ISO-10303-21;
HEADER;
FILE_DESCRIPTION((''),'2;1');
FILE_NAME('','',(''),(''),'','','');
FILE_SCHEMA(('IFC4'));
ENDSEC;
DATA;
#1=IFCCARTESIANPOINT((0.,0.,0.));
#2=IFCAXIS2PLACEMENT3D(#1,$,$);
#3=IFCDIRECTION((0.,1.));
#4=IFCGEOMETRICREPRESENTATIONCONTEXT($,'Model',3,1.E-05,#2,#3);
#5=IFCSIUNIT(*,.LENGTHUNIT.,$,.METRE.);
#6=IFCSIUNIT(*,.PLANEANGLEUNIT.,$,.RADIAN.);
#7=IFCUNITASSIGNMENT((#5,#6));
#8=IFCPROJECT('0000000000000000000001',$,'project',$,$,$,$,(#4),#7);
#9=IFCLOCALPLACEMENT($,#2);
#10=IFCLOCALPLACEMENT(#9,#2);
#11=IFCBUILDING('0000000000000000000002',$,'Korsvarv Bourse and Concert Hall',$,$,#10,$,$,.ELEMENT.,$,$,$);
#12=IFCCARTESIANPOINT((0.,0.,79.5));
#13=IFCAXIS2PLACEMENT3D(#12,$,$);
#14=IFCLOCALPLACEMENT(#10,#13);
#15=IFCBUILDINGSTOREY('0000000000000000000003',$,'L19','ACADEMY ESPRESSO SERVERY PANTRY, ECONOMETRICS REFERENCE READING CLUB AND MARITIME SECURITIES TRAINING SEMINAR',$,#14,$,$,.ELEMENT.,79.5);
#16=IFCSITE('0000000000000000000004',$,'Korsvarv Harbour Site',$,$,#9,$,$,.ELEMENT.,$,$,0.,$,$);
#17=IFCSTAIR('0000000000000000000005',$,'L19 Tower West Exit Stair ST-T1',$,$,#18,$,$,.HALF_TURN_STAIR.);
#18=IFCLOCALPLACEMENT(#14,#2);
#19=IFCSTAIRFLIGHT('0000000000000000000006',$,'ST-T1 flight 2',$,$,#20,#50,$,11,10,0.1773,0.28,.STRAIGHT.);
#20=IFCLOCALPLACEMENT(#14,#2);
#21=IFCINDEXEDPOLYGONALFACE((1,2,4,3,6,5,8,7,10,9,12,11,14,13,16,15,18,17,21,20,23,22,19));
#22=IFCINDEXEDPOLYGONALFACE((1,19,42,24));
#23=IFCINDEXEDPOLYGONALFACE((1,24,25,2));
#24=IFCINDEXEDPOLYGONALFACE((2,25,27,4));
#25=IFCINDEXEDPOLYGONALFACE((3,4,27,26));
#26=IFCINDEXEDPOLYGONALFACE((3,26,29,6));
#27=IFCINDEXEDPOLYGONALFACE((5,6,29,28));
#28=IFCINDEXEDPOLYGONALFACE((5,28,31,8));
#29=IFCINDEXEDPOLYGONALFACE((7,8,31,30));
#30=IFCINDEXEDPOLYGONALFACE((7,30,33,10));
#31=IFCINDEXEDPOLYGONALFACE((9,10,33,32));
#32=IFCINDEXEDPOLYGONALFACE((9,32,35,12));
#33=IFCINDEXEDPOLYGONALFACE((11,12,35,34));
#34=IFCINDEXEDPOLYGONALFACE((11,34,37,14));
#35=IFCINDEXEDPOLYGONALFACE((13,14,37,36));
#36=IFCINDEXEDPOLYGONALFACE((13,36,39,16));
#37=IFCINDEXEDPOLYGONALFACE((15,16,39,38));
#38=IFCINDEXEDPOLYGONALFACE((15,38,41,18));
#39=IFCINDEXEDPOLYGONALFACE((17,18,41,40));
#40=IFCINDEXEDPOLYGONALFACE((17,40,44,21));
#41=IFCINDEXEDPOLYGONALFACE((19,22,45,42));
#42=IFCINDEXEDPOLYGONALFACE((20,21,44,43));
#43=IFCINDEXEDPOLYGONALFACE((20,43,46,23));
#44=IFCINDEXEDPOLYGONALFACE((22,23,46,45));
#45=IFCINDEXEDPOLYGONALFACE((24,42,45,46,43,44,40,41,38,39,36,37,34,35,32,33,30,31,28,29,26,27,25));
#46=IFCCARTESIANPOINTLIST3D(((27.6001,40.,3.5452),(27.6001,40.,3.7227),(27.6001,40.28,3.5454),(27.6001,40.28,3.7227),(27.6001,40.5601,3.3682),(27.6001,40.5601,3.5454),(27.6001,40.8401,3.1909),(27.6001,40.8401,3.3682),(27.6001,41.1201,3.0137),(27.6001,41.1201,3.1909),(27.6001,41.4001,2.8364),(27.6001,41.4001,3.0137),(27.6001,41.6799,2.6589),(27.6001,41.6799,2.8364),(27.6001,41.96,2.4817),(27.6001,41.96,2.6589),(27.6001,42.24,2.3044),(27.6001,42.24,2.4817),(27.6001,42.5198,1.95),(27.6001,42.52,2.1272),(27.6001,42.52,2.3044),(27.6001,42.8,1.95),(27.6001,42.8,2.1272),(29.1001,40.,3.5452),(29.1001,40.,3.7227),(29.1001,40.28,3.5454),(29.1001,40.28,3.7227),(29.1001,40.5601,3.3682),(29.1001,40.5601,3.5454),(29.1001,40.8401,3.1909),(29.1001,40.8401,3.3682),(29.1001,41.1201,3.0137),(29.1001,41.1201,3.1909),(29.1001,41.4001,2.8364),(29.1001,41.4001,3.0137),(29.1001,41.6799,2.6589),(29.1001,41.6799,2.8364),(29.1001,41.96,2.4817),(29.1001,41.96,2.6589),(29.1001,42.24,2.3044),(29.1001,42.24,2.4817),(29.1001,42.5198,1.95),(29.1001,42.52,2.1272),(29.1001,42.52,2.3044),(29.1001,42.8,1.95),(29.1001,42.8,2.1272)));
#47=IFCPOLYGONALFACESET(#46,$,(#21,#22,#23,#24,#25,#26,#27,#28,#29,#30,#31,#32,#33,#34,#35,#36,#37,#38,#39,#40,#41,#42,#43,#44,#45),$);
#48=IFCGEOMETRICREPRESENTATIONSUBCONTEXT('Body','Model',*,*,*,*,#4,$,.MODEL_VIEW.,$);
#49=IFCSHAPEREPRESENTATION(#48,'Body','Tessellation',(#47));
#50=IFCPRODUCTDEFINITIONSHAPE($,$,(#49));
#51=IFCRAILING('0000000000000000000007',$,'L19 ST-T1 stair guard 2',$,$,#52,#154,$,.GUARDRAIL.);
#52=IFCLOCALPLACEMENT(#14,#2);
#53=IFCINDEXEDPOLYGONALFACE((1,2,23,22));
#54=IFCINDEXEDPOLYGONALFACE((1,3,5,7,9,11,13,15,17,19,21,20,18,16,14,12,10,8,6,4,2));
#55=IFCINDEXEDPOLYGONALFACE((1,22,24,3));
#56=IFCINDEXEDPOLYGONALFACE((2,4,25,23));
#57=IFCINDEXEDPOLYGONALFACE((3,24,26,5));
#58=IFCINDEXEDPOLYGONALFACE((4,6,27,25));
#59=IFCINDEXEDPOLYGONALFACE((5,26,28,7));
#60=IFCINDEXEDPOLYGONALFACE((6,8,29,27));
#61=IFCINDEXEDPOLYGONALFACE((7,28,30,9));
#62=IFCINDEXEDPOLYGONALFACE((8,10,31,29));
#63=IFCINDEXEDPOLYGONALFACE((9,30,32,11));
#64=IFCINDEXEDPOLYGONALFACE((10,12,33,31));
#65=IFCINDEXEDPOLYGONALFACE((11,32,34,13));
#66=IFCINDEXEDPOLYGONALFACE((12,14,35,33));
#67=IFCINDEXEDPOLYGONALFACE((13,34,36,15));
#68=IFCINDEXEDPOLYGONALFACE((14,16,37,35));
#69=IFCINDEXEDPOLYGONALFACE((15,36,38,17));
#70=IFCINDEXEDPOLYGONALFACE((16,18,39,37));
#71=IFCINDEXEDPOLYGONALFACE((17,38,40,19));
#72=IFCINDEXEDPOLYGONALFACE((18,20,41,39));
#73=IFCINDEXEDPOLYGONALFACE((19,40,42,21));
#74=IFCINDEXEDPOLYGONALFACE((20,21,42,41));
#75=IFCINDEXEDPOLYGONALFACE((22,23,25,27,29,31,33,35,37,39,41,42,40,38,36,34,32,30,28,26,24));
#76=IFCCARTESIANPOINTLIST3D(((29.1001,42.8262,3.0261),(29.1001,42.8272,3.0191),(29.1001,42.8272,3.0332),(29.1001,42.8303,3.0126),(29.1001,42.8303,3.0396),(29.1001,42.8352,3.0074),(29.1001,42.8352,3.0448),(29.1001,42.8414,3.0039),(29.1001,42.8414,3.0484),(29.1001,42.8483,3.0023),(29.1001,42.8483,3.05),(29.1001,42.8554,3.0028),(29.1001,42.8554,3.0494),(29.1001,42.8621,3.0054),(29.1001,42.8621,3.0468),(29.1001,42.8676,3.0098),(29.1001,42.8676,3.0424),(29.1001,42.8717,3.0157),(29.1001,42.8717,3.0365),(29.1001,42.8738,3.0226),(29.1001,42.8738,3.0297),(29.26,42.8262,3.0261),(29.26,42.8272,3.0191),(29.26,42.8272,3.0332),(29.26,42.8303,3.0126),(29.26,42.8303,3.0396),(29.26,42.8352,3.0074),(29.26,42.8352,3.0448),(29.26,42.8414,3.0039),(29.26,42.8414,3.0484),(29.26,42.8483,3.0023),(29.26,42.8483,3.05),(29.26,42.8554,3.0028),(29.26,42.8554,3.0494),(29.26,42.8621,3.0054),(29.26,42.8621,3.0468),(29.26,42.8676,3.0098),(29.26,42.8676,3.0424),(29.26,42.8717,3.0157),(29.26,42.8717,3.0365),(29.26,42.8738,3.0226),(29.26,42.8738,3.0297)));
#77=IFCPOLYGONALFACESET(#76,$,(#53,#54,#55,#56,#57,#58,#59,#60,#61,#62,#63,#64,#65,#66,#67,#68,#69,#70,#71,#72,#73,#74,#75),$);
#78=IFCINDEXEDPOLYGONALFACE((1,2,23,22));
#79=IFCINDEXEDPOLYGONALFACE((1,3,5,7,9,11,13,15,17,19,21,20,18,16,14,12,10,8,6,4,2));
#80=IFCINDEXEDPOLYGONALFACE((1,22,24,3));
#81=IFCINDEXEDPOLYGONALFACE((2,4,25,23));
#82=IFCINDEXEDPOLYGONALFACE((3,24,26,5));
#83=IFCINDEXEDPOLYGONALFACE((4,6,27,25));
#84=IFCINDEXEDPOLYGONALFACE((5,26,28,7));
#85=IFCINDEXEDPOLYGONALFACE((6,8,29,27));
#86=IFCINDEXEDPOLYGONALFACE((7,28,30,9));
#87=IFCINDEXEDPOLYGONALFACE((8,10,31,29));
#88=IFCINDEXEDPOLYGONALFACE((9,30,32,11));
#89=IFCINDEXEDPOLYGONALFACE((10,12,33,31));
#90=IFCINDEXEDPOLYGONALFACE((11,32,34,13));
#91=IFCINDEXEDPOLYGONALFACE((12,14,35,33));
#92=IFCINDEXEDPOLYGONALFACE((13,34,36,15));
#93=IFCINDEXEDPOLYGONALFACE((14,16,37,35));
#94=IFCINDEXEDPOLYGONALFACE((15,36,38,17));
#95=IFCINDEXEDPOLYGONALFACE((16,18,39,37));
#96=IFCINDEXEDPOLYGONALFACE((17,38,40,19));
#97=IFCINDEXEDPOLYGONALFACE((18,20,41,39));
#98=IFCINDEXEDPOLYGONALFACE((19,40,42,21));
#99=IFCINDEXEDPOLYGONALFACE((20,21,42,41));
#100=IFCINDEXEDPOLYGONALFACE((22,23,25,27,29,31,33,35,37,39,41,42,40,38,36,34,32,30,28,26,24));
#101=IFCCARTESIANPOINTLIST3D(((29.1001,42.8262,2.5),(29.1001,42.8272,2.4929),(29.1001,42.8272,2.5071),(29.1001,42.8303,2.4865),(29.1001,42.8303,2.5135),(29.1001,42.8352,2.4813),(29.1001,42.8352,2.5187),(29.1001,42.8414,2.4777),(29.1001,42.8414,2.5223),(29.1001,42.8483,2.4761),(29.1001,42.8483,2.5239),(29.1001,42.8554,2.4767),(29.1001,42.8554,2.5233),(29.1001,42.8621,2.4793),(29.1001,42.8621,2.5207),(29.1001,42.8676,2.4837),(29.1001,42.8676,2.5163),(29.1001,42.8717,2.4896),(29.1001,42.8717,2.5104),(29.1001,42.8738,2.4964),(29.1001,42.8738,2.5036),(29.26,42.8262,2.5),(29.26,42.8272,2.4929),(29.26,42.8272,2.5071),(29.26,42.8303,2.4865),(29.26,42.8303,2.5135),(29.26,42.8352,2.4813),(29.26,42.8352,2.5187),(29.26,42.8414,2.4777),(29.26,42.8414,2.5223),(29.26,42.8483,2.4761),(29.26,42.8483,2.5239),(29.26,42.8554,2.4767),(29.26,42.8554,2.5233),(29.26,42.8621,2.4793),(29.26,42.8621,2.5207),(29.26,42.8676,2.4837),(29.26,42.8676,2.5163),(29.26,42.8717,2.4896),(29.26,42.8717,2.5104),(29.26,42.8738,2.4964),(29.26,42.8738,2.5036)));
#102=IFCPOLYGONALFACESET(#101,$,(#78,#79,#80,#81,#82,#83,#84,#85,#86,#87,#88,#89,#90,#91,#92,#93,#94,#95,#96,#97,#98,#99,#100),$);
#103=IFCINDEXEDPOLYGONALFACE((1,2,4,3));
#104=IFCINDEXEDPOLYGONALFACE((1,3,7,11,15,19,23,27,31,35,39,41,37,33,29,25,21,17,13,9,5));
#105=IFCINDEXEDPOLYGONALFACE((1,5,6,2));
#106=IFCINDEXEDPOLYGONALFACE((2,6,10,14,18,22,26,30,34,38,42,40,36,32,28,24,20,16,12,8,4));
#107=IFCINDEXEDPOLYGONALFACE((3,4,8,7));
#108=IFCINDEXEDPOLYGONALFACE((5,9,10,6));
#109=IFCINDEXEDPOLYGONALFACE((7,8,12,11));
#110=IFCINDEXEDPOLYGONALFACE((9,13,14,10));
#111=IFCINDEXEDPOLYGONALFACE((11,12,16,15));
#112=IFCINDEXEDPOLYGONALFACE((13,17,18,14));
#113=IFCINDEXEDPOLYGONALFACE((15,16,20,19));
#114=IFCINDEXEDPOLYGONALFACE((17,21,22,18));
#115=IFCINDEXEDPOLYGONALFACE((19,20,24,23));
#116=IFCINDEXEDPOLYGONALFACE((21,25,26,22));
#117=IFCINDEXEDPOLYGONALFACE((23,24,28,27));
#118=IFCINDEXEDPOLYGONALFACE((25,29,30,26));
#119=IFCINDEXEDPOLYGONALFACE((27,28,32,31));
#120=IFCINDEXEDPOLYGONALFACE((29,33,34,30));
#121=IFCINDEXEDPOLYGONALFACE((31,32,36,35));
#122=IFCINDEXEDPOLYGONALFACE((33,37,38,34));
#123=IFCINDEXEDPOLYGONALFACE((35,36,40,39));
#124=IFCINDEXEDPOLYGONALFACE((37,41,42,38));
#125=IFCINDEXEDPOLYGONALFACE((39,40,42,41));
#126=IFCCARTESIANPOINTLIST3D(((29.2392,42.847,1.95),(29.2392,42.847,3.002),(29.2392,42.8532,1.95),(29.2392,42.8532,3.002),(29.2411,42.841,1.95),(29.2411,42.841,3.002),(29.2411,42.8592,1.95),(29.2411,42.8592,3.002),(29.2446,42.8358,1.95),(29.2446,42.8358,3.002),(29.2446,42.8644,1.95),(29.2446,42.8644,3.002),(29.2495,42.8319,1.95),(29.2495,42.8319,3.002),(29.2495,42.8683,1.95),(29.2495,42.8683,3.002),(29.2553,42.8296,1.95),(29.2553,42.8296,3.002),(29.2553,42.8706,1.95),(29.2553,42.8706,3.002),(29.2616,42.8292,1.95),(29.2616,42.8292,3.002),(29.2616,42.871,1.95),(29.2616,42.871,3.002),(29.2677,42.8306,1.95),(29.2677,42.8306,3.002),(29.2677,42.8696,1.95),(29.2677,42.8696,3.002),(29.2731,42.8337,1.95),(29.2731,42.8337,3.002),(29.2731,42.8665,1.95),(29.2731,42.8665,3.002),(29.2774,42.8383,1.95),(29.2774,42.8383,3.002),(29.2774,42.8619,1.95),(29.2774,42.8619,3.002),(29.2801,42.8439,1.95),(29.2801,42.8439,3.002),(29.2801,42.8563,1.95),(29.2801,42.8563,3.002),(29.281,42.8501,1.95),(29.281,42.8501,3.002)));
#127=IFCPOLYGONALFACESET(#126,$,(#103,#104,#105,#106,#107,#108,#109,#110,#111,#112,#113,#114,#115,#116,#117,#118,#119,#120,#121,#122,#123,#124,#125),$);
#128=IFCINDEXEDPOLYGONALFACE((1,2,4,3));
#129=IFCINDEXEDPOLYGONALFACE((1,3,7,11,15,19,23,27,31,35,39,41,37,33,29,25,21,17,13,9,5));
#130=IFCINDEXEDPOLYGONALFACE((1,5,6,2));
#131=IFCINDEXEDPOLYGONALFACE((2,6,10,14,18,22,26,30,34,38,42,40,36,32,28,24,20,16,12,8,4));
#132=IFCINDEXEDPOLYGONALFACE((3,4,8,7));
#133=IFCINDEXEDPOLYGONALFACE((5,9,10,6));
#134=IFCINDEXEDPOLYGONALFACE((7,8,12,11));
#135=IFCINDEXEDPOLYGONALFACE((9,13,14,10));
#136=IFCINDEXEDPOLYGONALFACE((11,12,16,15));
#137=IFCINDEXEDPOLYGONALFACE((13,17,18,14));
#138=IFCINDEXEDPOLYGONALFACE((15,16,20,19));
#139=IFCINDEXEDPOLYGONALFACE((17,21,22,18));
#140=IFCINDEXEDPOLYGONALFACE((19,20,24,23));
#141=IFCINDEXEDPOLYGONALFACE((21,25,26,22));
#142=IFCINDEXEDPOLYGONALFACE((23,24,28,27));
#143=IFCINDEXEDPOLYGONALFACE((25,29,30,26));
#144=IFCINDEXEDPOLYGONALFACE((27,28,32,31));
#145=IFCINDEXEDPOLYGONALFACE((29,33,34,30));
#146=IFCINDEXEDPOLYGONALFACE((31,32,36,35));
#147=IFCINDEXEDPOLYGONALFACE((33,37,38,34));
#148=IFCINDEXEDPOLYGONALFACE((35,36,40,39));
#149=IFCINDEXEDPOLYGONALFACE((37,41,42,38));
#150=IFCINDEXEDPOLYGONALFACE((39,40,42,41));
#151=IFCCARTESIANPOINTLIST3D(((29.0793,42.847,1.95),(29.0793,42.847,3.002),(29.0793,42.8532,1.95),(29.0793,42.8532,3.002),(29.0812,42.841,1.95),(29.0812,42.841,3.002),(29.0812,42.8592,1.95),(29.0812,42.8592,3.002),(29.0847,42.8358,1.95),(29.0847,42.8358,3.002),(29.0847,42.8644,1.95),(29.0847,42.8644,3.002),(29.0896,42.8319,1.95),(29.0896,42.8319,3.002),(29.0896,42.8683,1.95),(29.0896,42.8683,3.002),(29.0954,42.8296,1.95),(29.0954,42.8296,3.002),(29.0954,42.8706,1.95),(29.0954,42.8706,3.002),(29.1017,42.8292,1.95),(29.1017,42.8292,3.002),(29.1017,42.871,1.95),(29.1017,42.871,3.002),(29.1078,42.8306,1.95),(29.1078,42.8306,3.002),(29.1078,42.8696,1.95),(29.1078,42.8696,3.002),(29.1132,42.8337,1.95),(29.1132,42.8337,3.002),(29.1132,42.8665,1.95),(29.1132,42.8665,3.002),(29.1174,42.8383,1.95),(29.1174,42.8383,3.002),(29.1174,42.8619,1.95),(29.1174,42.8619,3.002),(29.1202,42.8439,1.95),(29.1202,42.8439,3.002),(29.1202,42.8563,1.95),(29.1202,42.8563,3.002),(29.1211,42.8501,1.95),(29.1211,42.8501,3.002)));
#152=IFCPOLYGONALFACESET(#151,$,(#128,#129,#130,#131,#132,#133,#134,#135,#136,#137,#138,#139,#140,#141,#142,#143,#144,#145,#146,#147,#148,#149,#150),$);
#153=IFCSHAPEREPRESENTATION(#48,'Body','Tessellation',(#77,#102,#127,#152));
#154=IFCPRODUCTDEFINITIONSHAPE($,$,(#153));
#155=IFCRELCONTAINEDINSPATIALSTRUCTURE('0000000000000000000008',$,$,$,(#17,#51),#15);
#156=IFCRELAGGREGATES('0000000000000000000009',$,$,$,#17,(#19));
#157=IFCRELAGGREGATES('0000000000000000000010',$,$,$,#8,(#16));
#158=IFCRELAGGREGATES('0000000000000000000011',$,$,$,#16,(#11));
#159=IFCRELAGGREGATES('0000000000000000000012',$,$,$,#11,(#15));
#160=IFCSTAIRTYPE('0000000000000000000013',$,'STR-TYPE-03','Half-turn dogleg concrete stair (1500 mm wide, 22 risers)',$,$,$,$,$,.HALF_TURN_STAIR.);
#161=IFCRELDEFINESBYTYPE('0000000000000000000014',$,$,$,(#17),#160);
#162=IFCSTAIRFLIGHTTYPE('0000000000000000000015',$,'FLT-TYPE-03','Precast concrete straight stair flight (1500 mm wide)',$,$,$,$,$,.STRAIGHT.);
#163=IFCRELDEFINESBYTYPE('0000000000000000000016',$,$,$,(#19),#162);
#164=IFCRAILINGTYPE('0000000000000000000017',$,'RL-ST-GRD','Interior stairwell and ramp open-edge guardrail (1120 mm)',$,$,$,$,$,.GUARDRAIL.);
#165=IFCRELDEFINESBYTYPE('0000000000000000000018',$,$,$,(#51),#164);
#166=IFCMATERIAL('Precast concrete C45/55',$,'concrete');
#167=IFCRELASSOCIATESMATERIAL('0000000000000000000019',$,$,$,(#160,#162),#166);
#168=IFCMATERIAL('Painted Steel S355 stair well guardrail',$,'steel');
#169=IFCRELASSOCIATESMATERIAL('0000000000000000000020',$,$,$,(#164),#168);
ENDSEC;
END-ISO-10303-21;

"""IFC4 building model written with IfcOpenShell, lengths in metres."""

from ifc_helpers import new_model, si_unit, direction, frame, origin, origin_2d, place, context, subcontext, project, spatial, polyline, circle, outline, extrude, material, type_object, element, aggregate, save


model = new_model("IFC4")

# Units and contexts
model_context = context("Model", 3, precision=1e-05, world=origin(), true_north=direction((0.0, 1.0)))
body_context = subcontext(model_context, "Body", "Model", "MODEL_VIEW")
ifc_project = project(units=[si_unit("LENGTHUNIT", "METRE"), si_unit("PLANEANGLEUNIT", "RADIAN")], contexts=[model_context])

# Site, building, storey
site_placement = place(None, origin())
site = spatial("IfcSite", under=ifc_project, at=site_placement, Name="Korsvarv Harbour Site", CompositionType="ELEMENT", RefElevation=0.0)
building_placement = place(site_placement, origin())
building = spatial("IfcBuilding", under=site, at=building_placement, Name="Korsvarv Bourse and Concert Hall", CompositionType="ELEMENT")
storey_placement = place(building_placement, frame((0.0, 0.0, 79.5)))
storey = spatial("IfcBuildingStorey", under=building, at=storey_placement, Name="L19", Description="ACADEMY ESPRESSO SERVERY PANTRY, ECONOMETRICS REFERENCE READING CLUB AND MARITIME SECURITIES TRAINING SEMINAR", CompositionType="ELEMENT", Elevation=79.5)

# Stair, stair flight
ifc_material_1 = material(Name="Precast concrete C45/55", Category="concrete")
stair_type = type_object("IfcStairType", Name="STR-TYPE-03", Description="Half-turn dogleg concrete stair (1500 mm wide, 22 risers)", PredefinedType="HALF_TURN_STAIR", material=ifc_material_1)
stair_placement = place(storey_placement, origin())
stair = element("IfcStair", 1, at=stair_placement, inside=storey, type_object=stair_type, Name="L19 Tower West Exit Stair ST-T1", PredefinedType="HALF_TURN_STAIR")
stair_flight_type = type_object("IfcStairFlightType", Name="FLT-TYPE-03", Description="Precast concrete straight stair flight (1500 mm wide)", PredefinedType="STRAIGHT", material=ifc_material_1)
stair_flight_placement = place(storey_placement, frame((28.3501, 42.8, 1.95), z_axis=(0.0, 0.0, 1.0), x_axis=(0.0, -1.0, 0.0)))
stair_flight = element("IfcStairFlight", 2, at=stair_flight_placement, type_object=stair_flight_type, Name="ST-T1 flight 2", NumberOfRisers=11, NumberOfTreads=10, PredefinedType="STRAIGHT", RiserHeight=0.1773, TreadLength=0.28, context=body_context, shape_type="SweptSolid", body=[
    extrude(outline(polyline([(0.0, 0.0), (0.0, 0.1772), (0.28, 0.1772), (0.28, 0.3545), (0.5601, 0.3545), (0.5601, 0.5317), (0.8401, 0.5317), (0.8401, 0.709), (1.1201, 0.709), (1.1201, 0.8865), (1.3999, 0.8865), (1.3999, 1.0637), (1.6799, 1.0637), (1.6799, 1.241), (1.96, 1.241), (1.96, 1.4182), (2.24, 1.4182), (2.24, 1.5955), (2.52, 1.5955), (2.52, 1.7727), (2.8, 1.7727), (2.8, 1.95), (2.8, 1.5952), (0.2803, 0.0), (0.0, 0.0)])), frame((0.0, 0.75, 0.0), z_axis=(0.0, -1.0, 0.0), x_axis=(1.0, 0.0, 0.0)), (0.0, 0.0, 1.0), 1.5),
])
aggregate(stair, [stair_flight])

# Railing
ifc_material_2 = material(Name="Painted Steel S355 stair well guardrail", Category="steel")
railing_type = type_object("IfcRailingType", Name="RL-ST-GRD", Description="Interior stairwell and ramp open-edge guardrail (1120 mm)", PredefinedType="GUARDRAIL", material=ifc_material_2)
railing_1_placement = place(storey_placement, frame((29.26, 42.8501, 1.95)))
element("IfcRailing", 3, at=railing_1_placement, inside=storey, type_object=railing_type, Name="L19 ST-T1 stair guard 2", PredefinedType="GUARDRAIL", context=body_context, shape_type="SweptSolid", body=[
    extrude(circle(Radius=0.0239, at=origin_2d()), frame((0.0, 0.0, 1.0762), z_axis=(-1.0, 0.0, 0.0), x_axis=(0.0, -1.0, 0.0)), (0.0, 0.0, 1.0), 0.1599),
    extrude(circle(Radius=0.0239, at=origin_2d()), frame((0.0, 0.0, 0.55), z_axis=(-1.0, 0.0, 0.0), x_axis=(0.0, -1.0, 0.0)), (0.0, 0.0, 1.0), 0.1599),
    extrude(circle(Radius=0.021, at=origin_2d()), origin(), (0.0, 0.0, 1.0), 1.052),
    extrude(circle(Radius=0.021, at=origin_2d()), frame((-0.1599, 0.0, 0.0)), (0.0, 0.0, 1.0), 1.052),
])

save(model, "model.ifc")
